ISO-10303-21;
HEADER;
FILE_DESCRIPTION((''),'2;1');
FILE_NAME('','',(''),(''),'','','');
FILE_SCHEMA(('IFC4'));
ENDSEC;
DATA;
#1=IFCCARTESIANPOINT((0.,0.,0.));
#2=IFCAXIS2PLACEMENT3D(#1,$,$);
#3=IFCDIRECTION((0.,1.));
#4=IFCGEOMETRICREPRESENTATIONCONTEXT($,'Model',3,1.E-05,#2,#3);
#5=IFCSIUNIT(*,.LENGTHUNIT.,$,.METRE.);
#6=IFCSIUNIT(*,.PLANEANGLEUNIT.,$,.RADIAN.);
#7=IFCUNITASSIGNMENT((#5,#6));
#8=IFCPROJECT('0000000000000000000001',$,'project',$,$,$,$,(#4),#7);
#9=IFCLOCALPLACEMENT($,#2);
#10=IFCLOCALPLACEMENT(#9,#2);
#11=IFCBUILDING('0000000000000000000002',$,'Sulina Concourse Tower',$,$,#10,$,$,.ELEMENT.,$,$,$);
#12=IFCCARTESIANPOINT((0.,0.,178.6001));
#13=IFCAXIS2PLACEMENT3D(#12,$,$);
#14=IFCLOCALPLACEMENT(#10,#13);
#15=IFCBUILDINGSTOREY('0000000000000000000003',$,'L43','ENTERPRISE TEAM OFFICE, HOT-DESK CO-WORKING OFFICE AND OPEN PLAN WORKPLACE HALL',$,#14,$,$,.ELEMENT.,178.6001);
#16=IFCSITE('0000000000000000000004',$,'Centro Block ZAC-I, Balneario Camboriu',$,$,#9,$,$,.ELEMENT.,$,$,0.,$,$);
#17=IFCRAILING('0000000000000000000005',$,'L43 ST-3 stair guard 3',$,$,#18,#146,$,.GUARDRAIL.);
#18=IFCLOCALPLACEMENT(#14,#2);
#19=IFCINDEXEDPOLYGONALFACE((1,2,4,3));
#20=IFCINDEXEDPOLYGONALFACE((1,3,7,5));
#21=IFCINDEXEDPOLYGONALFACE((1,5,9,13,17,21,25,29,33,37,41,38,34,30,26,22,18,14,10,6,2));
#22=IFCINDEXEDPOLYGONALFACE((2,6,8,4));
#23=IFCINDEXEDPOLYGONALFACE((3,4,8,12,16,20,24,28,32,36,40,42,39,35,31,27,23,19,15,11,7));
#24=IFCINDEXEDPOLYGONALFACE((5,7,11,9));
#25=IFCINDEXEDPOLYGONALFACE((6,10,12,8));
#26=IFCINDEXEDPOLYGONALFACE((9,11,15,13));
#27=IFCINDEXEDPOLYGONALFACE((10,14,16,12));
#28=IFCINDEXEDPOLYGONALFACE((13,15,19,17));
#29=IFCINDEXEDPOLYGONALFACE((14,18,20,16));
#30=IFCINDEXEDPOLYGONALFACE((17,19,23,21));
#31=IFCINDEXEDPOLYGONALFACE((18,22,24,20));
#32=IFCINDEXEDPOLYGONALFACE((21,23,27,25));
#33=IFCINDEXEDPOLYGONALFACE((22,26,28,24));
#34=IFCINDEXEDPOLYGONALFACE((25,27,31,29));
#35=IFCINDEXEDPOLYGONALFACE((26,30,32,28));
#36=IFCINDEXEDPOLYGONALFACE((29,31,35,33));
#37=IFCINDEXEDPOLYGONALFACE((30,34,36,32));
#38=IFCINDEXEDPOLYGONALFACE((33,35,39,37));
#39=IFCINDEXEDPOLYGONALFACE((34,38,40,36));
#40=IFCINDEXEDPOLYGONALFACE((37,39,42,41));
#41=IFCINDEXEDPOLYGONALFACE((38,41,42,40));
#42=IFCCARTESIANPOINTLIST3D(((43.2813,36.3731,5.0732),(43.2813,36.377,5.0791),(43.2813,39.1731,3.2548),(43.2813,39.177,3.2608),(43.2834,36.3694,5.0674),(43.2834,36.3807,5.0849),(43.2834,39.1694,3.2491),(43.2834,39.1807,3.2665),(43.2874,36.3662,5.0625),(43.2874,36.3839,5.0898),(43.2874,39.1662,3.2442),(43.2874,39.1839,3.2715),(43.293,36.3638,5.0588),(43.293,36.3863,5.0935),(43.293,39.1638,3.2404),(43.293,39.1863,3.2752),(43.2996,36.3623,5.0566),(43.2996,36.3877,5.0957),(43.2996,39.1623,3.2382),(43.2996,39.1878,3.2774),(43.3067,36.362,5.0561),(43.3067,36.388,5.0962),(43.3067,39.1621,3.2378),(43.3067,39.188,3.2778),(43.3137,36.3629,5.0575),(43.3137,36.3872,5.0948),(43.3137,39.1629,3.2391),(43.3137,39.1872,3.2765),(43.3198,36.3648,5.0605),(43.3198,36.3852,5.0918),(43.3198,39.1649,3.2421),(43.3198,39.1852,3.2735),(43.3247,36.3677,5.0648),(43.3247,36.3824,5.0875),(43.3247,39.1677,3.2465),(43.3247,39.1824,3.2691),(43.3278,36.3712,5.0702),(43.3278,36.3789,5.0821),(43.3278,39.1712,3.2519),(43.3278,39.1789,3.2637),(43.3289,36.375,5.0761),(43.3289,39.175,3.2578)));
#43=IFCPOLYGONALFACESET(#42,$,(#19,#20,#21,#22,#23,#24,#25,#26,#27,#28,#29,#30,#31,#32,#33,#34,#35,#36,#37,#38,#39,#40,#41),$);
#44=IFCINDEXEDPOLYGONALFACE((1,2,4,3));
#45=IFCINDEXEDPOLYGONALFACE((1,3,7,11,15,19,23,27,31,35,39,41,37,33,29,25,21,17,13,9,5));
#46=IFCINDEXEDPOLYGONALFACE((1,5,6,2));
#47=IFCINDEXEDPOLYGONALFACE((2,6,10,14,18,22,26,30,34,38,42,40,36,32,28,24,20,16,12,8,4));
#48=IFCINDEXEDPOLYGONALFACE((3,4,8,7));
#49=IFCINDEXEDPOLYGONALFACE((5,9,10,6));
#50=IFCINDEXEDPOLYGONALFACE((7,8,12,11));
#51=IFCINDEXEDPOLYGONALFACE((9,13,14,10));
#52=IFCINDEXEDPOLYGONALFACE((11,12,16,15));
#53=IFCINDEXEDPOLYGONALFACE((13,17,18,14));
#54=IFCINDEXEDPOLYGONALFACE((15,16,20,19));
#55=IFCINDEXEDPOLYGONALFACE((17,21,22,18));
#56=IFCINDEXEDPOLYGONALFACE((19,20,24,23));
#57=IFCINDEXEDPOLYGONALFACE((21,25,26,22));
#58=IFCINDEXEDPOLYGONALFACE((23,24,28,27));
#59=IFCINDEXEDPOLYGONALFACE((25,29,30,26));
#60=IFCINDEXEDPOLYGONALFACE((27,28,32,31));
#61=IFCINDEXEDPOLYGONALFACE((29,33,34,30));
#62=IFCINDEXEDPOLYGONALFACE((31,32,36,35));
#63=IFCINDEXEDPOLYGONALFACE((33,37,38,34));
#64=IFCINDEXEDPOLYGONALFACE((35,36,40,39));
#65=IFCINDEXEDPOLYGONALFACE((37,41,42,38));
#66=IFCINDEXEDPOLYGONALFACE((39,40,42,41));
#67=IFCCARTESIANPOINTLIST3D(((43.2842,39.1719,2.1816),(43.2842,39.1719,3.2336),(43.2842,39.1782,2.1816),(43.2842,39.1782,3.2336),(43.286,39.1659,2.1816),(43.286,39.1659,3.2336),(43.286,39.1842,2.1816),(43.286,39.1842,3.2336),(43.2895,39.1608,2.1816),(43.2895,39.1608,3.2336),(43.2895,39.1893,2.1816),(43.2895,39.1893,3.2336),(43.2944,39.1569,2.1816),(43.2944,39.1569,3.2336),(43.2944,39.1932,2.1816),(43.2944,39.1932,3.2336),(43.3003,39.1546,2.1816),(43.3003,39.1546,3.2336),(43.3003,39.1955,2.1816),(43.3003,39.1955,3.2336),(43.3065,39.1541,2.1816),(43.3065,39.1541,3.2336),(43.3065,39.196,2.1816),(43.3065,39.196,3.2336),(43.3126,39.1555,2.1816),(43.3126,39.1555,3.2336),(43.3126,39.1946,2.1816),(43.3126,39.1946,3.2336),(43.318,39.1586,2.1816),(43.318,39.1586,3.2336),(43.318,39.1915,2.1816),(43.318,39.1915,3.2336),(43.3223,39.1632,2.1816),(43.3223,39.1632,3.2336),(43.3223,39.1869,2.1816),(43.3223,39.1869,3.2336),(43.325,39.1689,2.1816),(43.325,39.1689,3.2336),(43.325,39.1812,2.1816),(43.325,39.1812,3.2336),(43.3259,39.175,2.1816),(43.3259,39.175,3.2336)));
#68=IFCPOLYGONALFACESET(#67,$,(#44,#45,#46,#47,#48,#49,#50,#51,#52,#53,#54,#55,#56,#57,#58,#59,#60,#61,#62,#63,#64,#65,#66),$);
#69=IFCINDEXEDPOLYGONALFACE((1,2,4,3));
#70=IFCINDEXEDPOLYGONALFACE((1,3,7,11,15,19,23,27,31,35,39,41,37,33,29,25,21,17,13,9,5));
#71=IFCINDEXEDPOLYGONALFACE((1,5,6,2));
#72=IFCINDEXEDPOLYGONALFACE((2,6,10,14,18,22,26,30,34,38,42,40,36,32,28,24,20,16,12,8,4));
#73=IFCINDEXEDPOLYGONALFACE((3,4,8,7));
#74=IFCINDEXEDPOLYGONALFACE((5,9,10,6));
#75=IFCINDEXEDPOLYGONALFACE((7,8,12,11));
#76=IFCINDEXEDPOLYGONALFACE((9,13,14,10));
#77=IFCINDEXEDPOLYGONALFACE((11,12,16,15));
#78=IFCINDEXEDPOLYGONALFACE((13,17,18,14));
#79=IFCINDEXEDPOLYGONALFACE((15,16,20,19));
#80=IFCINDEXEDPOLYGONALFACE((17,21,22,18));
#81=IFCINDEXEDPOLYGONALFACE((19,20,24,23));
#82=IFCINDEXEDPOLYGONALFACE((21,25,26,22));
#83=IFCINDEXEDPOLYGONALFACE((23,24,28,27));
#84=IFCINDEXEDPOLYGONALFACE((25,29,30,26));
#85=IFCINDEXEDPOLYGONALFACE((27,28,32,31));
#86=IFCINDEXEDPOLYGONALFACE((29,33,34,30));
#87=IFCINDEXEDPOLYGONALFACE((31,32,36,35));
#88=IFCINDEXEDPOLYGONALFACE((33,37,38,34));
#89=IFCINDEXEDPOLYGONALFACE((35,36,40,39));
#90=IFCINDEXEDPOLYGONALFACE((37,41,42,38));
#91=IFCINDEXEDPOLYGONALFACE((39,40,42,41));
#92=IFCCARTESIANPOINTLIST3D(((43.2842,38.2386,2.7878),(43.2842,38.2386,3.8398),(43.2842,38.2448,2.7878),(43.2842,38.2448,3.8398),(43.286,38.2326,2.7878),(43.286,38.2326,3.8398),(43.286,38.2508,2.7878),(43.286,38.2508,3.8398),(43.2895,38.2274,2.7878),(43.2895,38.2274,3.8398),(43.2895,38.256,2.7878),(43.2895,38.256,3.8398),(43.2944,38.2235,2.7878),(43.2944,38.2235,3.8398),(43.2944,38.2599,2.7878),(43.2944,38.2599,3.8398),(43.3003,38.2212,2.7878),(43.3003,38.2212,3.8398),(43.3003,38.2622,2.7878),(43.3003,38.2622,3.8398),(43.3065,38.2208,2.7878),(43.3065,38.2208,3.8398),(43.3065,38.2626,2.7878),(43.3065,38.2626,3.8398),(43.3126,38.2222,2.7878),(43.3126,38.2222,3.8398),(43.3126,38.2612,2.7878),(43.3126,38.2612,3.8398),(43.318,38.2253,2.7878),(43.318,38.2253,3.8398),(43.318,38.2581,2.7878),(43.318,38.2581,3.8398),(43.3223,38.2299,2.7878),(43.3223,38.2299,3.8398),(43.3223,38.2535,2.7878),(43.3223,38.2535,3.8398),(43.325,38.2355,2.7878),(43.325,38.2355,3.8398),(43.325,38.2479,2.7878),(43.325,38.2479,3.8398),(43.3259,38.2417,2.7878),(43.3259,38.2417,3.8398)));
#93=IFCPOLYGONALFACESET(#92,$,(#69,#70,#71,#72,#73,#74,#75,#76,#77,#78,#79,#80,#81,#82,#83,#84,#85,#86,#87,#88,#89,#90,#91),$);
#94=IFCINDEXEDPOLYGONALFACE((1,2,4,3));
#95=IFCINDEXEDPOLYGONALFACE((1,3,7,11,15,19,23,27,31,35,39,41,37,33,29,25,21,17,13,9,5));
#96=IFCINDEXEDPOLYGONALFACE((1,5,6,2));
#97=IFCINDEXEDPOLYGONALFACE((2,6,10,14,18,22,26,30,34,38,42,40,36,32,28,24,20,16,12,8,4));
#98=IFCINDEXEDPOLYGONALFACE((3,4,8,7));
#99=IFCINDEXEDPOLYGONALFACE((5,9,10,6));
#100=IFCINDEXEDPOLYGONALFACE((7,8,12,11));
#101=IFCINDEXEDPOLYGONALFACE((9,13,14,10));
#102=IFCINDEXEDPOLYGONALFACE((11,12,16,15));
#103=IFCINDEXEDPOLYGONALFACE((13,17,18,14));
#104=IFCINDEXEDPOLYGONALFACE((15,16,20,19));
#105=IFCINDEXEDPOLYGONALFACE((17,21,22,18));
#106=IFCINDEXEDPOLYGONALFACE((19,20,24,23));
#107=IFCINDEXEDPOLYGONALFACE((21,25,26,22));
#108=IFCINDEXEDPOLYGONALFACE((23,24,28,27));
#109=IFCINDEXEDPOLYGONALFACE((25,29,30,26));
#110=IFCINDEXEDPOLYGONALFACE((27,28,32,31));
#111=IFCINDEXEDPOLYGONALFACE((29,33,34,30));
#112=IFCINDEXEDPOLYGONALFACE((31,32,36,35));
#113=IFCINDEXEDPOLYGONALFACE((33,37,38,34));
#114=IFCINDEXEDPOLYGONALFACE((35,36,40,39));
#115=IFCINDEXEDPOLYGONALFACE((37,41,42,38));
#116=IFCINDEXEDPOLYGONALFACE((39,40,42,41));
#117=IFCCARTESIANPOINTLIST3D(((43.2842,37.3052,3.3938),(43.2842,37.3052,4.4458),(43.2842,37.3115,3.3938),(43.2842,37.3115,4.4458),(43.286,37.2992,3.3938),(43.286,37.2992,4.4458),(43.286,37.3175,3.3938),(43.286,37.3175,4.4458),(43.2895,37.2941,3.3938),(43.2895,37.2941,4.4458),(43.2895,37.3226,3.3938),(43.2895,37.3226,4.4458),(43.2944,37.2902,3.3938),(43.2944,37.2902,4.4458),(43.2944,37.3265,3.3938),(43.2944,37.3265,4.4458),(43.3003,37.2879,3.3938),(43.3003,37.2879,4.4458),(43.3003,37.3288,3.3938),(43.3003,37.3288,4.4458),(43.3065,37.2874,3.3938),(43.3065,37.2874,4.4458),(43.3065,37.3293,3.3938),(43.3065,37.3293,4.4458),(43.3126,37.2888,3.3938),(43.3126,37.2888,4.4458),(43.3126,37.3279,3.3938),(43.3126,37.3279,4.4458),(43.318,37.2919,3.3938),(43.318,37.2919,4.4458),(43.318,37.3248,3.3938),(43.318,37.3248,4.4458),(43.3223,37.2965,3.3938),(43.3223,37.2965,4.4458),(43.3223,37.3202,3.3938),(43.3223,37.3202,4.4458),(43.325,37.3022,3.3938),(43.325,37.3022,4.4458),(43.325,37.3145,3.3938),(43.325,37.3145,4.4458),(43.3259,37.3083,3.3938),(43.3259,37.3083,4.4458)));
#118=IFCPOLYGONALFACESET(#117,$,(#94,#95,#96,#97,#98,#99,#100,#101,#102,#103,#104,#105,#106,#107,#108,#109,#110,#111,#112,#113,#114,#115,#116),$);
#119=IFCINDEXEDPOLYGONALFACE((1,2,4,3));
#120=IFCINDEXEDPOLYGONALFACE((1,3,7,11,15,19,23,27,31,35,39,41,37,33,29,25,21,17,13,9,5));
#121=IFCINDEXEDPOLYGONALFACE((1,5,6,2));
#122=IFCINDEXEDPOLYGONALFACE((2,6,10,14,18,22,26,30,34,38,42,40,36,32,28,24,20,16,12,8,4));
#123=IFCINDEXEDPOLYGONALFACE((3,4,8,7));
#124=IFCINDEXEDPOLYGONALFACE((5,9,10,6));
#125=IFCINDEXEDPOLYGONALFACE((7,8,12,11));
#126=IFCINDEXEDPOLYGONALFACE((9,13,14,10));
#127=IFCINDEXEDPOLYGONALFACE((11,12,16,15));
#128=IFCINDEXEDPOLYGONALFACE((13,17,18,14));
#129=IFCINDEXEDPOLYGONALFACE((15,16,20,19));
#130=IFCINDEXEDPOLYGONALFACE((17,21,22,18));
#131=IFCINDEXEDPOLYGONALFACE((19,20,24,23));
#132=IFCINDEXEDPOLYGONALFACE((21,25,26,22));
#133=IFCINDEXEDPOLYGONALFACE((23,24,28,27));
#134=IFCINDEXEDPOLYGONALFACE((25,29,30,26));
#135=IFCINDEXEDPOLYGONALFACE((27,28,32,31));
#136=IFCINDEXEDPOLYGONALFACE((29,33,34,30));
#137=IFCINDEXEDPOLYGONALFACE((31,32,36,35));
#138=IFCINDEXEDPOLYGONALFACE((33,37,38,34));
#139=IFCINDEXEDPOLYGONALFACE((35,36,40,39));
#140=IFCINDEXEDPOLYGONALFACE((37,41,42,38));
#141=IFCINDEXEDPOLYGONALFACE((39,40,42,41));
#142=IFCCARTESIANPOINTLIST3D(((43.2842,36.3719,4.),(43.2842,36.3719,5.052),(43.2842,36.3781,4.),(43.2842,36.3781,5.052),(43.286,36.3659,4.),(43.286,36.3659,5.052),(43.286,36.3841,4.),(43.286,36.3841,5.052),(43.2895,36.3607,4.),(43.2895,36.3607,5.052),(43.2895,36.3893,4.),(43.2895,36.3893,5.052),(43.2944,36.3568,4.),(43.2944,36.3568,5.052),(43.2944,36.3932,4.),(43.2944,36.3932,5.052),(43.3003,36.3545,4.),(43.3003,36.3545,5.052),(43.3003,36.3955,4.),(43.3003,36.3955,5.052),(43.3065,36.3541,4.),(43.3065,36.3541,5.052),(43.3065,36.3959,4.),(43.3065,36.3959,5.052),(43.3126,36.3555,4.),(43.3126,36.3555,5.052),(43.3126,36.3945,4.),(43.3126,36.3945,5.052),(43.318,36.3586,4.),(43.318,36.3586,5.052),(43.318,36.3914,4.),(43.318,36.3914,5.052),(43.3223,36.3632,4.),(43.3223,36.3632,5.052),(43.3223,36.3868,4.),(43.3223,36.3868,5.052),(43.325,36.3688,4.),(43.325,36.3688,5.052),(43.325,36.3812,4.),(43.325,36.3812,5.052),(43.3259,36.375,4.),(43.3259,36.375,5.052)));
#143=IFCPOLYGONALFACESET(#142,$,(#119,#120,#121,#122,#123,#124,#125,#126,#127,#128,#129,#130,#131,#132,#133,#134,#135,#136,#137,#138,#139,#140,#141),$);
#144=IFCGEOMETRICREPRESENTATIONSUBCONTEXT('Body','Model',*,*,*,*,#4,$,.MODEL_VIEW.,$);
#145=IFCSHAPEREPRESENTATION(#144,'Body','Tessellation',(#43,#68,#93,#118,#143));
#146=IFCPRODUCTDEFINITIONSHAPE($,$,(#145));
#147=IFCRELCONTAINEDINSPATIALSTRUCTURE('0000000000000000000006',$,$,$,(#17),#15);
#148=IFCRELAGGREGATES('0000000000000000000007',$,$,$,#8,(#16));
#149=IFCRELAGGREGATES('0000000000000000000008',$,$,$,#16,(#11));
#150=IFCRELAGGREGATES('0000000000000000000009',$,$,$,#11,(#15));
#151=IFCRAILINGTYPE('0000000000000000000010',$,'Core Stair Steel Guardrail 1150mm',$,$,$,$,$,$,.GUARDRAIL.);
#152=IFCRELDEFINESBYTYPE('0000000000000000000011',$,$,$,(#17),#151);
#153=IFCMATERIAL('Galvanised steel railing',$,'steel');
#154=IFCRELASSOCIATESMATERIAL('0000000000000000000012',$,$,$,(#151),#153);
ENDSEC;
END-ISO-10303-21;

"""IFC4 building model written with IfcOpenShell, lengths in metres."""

from ifc_helpers import new_model, si_unit, direction, frame, origin, origin_2d, place, context, subcontext, project, spatial, circle, extrude, material, type_object, element, save


model = new_model("IFC4")

# Units and contexts
model_context = context("Model", 3, precision=1e-05, world=origin(), true_north=direction((0.0, 1.0)))
body_context = subcontext(model_context, "Body", "Model", "MODEL_VIEW")
ifc_project = project(units=[si_unit("LENGTHUNIT", "METRE"), si_unit("PLANEANGLEUNIT", "RADIAN")], contexts=[model_context])

# Site, building, storey
site_placement = place(None, origin())
site = spatial("IfcSite", under=ifc_project, at=site_placement, Name="Centro Block ZAC-I, Balneario Camboriu", CompositionType="ELEMENT", RefElevation=0.0)
building_placement = place(site_placement, origin())
building = spatial("IfcBuilding", under=site, at=building_placement, Name="Sulina Concourse Tower", CompositionType="ELEMENT")
storey_placement = place(building_placement, frame((0.0, 0.0, 178.6001)))
storey = spatial("IfcBuildingStorey", under=building, at=storey_placement, Name="L43", Description="ENTERPRISE TEAM OFFICE, HOT-DESK CO-WORKING OFFICE AND OPEN PLAN WORKPLACE HALL", CompositionType="ELEMENT", Elevation=178.6001)

# Railing
ifc_material_1 = material(Name="Galvanised steel railing", Category="steel")
railing_type_1 = type_object("IfcRailingType", Name="Core Stair Steel Guardrail 1150mm", PredefinedType="GUARDRAIL", material=ifc_material_1)
railing_1_placement = place(storey_placement, frame((43.3049, 39.175, 2.1816)))
element("IfcRailing", 1, at=railing_1_placement, inside=storey, type_object=railing_type_1, Name="L43 ST-3 stair guard 3", PredefinedType="GUARDRAIL", context=body_context, shape_type="SweptSolid", body=[
    extrude(circle(Radius=0.0239, at=origin_2d()), frame((0.0, 0.0, 1.0762), z_axis=(0.0, -0.838672, 0.544636), x_axis=(1.0, 0.0, 0.0)), (0.0, 0.0, 1.0), 3.3386),
    extrude(circle(Radius=0.021, at=origin_2d()), origin(), (0.0, 0.0, 1.0), 1.052),
    extrude(circle(Radius=0.021, at=origin_2d()), frame((0.0, -0.9333, 0.6062)), (0.0, 0.0, 1.0), 1.052),
    extrude(circle(Radius=0.021, at=origin_2d()), frame((0.0, -1.8667, 1.2122)), (0.0, 0.0, 1.0), 1.052),
    extrude(circle(Radius=0.021, at=origin_2d()), frame((0.0, -2.8, 1.8184)), (0.0, 0.0, 1.0), 1.052),
])

save(model, "model.ifc")
